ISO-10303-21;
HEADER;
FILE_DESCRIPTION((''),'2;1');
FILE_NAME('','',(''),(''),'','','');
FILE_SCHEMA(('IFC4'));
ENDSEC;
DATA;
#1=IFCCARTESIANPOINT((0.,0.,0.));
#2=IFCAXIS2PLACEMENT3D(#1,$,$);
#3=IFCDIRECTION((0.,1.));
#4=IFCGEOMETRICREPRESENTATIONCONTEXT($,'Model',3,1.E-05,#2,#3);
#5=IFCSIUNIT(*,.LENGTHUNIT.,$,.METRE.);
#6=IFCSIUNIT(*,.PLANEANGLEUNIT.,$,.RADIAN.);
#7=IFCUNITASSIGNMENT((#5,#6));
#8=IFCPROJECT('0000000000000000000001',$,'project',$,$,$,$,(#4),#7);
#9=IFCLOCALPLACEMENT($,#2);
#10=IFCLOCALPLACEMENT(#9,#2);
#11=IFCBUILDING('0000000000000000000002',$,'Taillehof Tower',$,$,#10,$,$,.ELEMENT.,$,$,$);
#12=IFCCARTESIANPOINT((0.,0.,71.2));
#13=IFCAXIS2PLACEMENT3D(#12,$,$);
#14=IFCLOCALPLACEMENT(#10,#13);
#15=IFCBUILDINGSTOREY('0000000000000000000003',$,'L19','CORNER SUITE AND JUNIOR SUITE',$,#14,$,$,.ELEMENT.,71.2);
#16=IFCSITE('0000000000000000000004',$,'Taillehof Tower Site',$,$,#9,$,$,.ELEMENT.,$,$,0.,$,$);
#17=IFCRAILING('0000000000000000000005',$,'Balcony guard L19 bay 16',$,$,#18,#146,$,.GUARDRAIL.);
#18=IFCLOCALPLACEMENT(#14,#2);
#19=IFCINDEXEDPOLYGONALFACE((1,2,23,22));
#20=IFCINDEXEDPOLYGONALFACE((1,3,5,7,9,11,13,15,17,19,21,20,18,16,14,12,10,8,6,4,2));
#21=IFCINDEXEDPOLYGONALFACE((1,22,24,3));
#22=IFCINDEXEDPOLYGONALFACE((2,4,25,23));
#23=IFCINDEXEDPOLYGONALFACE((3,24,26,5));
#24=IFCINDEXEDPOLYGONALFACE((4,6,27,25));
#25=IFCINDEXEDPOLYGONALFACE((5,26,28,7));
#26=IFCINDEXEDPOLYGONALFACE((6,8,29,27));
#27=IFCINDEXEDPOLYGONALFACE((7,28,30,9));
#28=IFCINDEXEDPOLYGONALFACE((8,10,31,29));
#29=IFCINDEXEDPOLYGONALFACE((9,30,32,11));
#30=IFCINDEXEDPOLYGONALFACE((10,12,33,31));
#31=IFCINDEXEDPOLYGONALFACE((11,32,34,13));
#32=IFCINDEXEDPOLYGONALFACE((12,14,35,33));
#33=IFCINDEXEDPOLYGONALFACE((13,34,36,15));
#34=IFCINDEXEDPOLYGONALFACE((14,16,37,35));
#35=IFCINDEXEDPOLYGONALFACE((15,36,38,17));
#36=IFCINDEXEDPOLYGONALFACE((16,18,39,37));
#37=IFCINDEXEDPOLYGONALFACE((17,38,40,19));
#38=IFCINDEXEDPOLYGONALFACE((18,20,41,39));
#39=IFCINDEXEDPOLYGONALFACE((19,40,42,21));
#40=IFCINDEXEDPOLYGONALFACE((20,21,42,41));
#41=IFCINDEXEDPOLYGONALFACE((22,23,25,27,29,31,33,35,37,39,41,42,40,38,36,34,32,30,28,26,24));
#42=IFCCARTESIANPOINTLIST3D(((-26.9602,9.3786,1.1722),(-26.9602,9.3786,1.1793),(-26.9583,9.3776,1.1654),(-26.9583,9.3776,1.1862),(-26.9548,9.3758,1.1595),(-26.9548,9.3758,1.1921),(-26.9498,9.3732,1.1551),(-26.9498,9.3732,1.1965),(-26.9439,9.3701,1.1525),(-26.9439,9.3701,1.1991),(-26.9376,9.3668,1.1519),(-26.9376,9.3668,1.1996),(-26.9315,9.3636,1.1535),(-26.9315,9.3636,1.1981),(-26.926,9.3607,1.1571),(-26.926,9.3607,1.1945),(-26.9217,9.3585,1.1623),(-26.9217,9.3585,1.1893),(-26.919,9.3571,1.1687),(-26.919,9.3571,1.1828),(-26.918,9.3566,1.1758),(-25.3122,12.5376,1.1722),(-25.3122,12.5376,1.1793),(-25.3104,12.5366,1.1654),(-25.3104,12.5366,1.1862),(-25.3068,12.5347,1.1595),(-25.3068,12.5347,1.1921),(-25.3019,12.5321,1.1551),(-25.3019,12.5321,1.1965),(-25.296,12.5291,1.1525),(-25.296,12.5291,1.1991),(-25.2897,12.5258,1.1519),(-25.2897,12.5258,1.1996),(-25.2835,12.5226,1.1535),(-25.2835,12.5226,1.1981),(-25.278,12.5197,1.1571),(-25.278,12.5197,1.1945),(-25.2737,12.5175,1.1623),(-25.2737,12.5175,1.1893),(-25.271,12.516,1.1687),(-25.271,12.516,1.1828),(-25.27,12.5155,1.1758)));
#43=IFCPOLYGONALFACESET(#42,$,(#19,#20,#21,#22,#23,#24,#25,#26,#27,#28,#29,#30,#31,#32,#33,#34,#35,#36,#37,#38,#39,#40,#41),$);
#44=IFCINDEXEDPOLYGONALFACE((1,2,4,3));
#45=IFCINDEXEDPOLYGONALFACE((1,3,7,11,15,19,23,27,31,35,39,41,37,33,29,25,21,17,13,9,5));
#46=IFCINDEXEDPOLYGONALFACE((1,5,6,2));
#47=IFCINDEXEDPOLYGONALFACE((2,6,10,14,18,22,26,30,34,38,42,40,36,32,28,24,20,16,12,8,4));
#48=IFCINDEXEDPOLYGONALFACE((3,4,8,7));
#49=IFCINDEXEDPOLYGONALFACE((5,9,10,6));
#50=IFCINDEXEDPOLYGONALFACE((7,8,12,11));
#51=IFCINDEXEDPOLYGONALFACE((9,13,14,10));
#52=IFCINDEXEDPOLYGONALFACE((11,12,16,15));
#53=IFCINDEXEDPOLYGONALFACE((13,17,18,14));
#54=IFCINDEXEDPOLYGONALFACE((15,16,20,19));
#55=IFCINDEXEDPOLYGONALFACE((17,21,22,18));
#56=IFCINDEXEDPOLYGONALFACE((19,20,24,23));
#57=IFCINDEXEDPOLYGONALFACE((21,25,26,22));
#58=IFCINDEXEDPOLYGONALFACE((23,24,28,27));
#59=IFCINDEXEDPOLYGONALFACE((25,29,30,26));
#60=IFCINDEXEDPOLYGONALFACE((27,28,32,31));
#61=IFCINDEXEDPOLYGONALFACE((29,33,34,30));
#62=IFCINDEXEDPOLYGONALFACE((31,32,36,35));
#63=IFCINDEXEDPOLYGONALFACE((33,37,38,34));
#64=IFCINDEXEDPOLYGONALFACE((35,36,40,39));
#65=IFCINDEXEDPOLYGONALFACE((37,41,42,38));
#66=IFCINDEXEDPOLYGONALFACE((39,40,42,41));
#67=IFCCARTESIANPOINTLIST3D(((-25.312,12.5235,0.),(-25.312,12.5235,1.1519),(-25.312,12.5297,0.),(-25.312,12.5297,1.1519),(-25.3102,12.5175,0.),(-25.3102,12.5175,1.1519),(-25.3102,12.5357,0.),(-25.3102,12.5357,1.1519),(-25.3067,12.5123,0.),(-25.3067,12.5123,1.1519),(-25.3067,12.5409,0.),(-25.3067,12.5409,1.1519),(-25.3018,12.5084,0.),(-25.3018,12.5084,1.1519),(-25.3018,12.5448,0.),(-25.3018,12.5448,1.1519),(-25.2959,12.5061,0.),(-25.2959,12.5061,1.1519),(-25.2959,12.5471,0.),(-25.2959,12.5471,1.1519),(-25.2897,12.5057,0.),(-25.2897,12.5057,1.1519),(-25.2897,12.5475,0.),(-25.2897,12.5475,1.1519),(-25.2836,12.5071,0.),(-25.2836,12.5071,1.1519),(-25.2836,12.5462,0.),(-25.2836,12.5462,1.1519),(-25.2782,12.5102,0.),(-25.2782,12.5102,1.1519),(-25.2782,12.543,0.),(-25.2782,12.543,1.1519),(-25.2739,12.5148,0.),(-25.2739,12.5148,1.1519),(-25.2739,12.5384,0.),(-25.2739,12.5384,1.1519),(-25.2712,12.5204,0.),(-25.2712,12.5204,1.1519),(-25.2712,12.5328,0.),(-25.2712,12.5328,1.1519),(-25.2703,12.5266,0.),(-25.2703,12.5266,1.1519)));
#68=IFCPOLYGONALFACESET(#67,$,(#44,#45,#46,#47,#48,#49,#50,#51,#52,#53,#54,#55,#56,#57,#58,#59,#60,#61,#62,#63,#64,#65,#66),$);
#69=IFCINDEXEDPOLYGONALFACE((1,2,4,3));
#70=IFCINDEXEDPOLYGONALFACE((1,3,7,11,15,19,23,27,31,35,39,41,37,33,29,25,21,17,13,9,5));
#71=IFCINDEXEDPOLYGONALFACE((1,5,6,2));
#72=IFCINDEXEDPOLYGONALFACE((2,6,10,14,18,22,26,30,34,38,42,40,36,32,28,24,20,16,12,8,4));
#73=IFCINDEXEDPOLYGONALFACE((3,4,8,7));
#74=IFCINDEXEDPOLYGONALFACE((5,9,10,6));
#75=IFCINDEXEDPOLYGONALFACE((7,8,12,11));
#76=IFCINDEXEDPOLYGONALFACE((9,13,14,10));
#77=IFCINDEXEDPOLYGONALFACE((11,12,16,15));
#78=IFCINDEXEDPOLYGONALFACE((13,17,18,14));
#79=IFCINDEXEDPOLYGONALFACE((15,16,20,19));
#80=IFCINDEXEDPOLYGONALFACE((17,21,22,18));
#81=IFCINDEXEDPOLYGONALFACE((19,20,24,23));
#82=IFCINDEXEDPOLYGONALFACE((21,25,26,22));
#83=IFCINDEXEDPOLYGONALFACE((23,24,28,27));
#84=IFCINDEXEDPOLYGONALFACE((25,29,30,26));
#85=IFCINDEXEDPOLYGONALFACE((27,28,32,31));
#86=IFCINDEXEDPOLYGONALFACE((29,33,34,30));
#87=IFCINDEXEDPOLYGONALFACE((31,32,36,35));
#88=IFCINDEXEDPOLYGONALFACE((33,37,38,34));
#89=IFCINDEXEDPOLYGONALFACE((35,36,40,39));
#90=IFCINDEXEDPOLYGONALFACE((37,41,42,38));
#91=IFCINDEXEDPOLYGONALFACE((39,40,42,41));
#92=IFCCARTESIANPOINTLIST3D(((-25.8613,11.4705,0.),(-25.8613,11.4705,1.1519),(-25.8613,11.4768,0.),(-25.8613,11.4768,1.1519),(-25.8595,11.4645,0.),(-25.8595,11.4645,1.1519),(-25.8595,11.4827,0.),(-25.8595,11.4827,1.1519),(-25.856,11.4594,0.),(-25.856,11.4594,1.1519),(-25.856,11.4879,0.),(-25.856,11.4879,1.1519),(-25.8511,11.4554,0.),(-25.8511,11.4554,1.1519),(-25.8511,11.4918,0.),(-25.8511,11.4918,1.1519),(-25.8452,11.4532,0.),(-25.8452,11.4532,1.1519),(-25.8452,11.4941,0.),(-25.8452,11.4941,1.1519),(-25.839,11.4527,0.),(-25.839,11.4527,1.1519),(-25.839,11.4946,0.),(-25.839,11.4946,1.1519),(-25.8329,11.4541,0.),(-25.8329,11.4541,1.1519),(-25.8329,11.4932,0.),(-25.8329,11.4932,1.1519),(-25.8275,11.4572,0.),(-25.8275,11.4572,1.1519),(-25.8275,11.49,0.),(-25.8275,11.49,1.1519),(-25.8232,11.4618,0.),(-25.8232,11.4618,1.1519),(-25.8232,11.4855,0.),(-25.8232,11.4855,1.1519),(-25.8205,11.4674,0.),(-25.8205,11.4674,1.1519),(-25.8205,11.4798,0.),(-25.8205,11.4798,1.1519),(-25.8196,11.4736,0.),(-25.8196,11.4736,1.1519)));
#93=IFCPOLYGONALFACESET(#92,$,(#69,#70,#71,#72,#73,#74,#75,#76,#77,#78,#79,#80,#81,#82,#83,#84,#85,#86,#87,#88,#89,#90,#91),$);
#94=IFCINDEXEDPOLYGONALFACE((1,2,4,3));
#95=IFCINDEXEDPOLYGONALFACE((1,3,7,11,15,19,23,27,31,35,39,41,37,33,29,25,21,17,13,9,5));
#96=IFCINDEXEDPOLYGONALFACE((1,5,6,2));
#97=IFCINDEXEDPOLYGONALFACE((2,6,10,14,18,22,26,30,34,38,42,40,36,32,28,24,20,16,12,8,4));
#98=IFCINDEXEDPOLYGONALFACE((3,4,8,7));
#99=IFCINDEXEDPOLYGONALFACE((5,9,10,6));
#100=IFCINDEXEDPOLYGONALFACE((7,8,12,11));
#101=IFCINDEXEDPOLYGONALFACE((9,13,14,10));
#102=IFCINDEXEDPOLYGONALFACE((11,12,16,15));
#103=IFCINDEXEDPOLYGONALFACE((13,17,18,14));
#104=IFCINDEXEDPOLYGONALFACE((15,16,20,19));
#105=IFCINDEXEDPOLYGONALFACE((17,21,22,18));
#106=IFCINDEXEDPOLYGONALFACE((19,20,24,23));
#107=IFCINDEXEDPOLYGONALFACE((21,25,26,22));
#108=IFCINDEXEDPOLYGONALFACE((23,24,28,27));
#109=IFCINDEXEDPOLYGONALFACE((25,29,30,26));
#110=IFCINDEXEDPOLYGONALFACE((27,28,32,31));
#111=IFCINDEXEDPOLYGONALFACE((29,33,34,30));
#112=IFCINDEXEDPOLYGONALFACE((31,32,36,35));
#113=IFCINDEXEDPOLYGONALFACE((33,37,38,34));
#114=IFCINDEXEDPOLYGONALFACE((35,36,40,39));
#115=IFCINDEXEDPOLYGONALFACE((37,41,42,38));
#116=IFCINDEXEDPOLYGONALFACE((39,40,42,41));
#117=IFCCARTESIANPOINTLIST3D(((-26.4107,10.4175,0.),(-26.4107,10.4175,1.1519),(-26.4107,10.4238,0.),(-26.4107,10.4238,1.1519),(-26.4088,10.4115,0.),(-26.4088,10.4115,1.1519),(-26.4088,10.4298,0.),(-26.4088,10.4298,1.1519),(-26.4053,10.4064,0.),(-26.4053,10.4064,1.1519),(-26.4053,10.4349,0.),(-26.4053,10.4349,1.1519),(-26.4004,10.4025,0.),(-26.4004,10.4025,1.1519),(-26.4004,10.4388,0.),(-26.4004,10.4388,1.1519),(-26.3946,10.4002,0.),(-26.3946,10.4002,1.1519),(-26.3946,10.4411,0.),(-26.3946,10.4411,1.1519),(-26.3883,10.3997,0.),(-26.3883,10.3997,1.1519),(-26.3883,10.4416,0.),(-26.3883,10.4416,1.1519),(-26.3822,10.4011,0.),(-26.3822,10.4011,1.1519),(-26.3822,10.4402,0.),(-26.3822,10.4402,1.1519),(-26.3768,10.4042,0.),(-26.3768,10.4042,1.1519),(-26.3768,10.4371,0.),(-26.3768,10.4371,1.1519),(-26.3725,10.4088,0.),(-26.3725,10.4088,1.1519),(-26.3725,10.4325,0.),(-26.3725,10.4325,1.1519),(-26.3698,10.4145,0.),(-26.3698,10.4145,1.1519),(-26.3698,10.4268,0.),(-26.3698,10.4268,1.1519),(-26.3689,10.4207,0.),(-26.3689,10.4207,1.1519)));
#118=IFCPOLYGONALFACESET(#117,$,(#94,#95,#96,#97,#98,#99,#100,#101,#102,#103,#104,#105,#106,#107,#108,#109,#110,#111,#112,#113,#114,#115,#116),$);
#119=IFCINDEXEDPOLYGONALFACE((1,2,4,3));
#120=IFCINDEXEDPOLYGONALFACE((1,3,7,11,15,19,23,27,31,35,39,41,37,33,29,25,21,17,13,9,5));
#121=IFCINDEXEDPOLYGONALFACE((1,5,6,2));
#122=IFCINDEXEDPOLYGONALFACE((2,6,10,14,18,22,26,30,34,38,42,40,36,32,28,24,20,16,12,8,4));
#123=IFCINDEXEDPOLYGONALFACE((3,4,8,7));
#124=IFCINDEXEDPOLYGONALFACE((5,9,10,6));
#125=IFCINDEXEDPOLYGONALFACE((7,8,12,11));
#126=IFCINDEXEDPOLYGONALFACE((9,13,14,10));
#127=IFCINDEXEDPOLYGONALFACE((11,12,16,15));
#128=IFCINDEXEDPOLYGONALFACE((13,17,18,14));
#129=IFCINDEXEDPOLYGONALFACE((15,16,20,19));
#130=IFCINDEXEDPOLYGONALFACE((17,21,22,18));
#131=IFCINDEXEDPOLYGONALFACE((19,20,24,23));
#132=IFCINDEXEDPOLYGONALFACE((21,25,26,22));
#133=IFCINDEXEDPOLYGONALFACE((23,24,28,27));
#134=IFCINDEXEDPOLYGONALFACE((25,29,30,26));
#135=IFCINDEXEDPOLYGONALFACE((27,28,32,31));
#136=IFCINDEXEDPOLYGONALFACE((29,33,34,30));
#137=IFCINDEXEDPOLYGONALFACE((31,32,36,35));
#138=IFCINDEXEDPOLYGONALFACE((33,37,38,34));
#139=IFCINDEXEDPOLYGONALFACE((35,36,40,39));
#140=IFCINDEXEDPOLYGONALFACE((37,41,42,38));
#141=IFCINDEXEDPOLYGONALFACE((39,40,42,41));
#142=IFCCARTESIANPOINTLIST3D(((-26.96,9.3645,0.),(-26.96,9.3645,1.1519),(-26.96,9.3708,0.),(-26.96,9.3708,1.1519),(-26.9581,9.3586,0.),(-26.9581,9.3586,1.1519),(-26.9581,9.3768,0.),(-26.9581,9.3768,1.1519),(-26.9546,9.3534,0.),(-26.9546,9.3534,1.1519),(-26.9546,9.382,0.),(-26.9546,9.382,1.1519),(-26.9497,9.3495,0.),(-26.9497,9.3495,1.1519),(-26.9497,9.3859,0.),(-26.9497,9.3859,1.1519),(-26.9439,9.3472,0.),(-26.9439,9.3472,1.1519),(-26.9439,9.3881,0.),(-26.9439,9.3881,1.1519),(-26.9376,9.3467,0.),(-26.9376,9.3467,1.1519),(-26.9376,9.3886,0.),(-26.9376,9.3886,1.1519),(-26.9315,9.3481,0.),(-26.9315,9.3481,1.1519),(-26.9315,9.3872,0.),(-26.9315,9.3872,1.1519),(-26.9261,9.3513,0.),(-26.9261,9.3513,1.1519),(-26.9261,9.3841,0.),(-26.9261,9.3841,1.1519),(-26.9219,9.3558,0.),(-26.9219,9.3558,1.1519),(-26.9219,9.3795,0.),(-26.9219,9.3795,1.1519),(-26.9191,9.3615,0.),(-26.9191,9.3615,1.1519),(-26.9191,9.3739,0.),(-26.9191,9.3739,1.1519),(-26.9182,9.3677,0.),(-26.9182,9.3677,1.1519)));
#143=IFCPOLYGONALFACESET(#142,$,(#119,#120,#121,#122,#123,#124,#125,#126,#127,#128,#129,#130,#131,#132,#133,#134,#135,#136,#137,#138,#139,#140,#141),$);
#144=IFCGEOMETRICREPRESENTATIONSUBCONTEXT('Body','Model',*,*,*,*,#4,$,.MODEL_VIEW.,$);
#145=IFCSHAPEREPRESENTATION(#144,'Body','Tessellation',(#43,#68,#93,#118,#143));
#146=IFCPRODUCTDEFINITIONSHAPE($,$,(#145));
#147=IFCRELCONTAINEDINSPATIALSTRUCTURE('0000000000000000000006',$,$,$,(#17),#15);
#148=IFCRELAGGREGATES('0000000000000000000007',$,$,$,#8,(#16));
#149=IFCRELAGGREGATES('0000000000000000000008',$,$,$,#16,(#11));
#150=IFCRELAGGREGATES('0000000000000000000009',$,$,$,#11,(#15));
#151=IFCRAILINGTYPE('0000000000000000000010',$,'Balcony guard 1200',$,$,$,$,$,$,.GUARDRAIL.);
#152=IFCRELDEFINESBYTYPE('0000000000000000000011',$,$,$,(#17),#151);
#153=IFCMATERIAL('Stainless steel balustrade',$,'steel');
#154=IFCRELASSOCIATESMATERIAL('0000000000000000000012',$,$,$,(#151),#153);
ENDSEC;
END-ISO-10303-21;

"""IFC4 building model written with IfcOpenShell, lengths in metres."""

from ifc_helpers import new_model, si_unit, direction, frame, origin, origin_2d, place, context, subcontext, project, spatial, circle, extrude, material, type_object, element, save


model = new_model("IFC4")

# Units and contexts
model_context = context("Model", 3, precision=1e-05, world=origin(), true_north=direction((0.0, 1.0)))
body_context = subcontext(model_context, "Body", "Model", "MODEL_VIEW")
ifc_project = project(units=[si_unit("LENGTHUNIT", "METRE"), si_unit("PLANEANGLEUNIT", "RADIAN")], contexts=[model_context])

# Site, building, storey
site_placement = place(None, origin())
site = spatial("IfcSite", under=ifc_project, at=site_placement, Name="Taillehof Tower Site", CompositionType="ELEMENT", RefElevation=0.0)
building_placement = place(site_placement, origin())
building = spatial("IfcBuilding", under=site, at=building_placement, Name="Taillehof Tower", CompositionType="ELEMENT")
storey_placement = place(building_placement, frame((0.0, 0.0, 71.2)))
storey = spatial("IfcBuildingStorey", under=building, at=storey_placement, Name="L19", Description="CORNER SUITE AND JUNIOR SUITE", CompositionType="ELEMENT", Elevation=71.2)

# Railing
ifc_material_1 = material(Name="Stainless steel balustrade", Category="steel")
railing_type = type_object("IfcRailingType", Name="Balcony guard 1200", PredefinedType="GUARDRAIL", material=ifc_material_1)
railing_1_placement = place(storey_placement, frame((-25.2913, 12.5266, 0.0)))
element("IfcRailing", 1, at=railing_1_placement, inside=storey, type_object=railing_type, Name="Balcony guard L19 bay 16", PredefinedType="GUARDRAIL", context=body_context, shape_type="SweptSolid", body=[
    extrude(circle(Radius=0.0239, at=origin_2d()), frame((0.0, 0.0, 1.1758), z_axis=(-0.462524, -0.886607, 0.0), x_axis=(0.886607, -0.462524, 0.0)), (0.0, 0.0, 1.0), 3.563),
    extrude(circle(Radius=0.021, at=origin_2d()), origin(), (0.0, 0.0, 1.0), 1.1519),
    extrude(circle(Radius=0.021, at=origin_2d()), frame((-0.5493, -1.053, 0.0)), (0.0, 0.0, 1.0), 1.1519),
    extrude(circle(Radius=0.021, at=origin_2d()), frame((-1.0986, -2.106, 0.0)), (0.0, 0.0, 1.0), 1.1519),
    extrude(circle(Radius=0.021, at=origin_2d()), frame((-1.6479, -3.1589, 0.0)), (0.0, 0.0, 1.0), 1.1519),
])

save(model, "model.ifc")
